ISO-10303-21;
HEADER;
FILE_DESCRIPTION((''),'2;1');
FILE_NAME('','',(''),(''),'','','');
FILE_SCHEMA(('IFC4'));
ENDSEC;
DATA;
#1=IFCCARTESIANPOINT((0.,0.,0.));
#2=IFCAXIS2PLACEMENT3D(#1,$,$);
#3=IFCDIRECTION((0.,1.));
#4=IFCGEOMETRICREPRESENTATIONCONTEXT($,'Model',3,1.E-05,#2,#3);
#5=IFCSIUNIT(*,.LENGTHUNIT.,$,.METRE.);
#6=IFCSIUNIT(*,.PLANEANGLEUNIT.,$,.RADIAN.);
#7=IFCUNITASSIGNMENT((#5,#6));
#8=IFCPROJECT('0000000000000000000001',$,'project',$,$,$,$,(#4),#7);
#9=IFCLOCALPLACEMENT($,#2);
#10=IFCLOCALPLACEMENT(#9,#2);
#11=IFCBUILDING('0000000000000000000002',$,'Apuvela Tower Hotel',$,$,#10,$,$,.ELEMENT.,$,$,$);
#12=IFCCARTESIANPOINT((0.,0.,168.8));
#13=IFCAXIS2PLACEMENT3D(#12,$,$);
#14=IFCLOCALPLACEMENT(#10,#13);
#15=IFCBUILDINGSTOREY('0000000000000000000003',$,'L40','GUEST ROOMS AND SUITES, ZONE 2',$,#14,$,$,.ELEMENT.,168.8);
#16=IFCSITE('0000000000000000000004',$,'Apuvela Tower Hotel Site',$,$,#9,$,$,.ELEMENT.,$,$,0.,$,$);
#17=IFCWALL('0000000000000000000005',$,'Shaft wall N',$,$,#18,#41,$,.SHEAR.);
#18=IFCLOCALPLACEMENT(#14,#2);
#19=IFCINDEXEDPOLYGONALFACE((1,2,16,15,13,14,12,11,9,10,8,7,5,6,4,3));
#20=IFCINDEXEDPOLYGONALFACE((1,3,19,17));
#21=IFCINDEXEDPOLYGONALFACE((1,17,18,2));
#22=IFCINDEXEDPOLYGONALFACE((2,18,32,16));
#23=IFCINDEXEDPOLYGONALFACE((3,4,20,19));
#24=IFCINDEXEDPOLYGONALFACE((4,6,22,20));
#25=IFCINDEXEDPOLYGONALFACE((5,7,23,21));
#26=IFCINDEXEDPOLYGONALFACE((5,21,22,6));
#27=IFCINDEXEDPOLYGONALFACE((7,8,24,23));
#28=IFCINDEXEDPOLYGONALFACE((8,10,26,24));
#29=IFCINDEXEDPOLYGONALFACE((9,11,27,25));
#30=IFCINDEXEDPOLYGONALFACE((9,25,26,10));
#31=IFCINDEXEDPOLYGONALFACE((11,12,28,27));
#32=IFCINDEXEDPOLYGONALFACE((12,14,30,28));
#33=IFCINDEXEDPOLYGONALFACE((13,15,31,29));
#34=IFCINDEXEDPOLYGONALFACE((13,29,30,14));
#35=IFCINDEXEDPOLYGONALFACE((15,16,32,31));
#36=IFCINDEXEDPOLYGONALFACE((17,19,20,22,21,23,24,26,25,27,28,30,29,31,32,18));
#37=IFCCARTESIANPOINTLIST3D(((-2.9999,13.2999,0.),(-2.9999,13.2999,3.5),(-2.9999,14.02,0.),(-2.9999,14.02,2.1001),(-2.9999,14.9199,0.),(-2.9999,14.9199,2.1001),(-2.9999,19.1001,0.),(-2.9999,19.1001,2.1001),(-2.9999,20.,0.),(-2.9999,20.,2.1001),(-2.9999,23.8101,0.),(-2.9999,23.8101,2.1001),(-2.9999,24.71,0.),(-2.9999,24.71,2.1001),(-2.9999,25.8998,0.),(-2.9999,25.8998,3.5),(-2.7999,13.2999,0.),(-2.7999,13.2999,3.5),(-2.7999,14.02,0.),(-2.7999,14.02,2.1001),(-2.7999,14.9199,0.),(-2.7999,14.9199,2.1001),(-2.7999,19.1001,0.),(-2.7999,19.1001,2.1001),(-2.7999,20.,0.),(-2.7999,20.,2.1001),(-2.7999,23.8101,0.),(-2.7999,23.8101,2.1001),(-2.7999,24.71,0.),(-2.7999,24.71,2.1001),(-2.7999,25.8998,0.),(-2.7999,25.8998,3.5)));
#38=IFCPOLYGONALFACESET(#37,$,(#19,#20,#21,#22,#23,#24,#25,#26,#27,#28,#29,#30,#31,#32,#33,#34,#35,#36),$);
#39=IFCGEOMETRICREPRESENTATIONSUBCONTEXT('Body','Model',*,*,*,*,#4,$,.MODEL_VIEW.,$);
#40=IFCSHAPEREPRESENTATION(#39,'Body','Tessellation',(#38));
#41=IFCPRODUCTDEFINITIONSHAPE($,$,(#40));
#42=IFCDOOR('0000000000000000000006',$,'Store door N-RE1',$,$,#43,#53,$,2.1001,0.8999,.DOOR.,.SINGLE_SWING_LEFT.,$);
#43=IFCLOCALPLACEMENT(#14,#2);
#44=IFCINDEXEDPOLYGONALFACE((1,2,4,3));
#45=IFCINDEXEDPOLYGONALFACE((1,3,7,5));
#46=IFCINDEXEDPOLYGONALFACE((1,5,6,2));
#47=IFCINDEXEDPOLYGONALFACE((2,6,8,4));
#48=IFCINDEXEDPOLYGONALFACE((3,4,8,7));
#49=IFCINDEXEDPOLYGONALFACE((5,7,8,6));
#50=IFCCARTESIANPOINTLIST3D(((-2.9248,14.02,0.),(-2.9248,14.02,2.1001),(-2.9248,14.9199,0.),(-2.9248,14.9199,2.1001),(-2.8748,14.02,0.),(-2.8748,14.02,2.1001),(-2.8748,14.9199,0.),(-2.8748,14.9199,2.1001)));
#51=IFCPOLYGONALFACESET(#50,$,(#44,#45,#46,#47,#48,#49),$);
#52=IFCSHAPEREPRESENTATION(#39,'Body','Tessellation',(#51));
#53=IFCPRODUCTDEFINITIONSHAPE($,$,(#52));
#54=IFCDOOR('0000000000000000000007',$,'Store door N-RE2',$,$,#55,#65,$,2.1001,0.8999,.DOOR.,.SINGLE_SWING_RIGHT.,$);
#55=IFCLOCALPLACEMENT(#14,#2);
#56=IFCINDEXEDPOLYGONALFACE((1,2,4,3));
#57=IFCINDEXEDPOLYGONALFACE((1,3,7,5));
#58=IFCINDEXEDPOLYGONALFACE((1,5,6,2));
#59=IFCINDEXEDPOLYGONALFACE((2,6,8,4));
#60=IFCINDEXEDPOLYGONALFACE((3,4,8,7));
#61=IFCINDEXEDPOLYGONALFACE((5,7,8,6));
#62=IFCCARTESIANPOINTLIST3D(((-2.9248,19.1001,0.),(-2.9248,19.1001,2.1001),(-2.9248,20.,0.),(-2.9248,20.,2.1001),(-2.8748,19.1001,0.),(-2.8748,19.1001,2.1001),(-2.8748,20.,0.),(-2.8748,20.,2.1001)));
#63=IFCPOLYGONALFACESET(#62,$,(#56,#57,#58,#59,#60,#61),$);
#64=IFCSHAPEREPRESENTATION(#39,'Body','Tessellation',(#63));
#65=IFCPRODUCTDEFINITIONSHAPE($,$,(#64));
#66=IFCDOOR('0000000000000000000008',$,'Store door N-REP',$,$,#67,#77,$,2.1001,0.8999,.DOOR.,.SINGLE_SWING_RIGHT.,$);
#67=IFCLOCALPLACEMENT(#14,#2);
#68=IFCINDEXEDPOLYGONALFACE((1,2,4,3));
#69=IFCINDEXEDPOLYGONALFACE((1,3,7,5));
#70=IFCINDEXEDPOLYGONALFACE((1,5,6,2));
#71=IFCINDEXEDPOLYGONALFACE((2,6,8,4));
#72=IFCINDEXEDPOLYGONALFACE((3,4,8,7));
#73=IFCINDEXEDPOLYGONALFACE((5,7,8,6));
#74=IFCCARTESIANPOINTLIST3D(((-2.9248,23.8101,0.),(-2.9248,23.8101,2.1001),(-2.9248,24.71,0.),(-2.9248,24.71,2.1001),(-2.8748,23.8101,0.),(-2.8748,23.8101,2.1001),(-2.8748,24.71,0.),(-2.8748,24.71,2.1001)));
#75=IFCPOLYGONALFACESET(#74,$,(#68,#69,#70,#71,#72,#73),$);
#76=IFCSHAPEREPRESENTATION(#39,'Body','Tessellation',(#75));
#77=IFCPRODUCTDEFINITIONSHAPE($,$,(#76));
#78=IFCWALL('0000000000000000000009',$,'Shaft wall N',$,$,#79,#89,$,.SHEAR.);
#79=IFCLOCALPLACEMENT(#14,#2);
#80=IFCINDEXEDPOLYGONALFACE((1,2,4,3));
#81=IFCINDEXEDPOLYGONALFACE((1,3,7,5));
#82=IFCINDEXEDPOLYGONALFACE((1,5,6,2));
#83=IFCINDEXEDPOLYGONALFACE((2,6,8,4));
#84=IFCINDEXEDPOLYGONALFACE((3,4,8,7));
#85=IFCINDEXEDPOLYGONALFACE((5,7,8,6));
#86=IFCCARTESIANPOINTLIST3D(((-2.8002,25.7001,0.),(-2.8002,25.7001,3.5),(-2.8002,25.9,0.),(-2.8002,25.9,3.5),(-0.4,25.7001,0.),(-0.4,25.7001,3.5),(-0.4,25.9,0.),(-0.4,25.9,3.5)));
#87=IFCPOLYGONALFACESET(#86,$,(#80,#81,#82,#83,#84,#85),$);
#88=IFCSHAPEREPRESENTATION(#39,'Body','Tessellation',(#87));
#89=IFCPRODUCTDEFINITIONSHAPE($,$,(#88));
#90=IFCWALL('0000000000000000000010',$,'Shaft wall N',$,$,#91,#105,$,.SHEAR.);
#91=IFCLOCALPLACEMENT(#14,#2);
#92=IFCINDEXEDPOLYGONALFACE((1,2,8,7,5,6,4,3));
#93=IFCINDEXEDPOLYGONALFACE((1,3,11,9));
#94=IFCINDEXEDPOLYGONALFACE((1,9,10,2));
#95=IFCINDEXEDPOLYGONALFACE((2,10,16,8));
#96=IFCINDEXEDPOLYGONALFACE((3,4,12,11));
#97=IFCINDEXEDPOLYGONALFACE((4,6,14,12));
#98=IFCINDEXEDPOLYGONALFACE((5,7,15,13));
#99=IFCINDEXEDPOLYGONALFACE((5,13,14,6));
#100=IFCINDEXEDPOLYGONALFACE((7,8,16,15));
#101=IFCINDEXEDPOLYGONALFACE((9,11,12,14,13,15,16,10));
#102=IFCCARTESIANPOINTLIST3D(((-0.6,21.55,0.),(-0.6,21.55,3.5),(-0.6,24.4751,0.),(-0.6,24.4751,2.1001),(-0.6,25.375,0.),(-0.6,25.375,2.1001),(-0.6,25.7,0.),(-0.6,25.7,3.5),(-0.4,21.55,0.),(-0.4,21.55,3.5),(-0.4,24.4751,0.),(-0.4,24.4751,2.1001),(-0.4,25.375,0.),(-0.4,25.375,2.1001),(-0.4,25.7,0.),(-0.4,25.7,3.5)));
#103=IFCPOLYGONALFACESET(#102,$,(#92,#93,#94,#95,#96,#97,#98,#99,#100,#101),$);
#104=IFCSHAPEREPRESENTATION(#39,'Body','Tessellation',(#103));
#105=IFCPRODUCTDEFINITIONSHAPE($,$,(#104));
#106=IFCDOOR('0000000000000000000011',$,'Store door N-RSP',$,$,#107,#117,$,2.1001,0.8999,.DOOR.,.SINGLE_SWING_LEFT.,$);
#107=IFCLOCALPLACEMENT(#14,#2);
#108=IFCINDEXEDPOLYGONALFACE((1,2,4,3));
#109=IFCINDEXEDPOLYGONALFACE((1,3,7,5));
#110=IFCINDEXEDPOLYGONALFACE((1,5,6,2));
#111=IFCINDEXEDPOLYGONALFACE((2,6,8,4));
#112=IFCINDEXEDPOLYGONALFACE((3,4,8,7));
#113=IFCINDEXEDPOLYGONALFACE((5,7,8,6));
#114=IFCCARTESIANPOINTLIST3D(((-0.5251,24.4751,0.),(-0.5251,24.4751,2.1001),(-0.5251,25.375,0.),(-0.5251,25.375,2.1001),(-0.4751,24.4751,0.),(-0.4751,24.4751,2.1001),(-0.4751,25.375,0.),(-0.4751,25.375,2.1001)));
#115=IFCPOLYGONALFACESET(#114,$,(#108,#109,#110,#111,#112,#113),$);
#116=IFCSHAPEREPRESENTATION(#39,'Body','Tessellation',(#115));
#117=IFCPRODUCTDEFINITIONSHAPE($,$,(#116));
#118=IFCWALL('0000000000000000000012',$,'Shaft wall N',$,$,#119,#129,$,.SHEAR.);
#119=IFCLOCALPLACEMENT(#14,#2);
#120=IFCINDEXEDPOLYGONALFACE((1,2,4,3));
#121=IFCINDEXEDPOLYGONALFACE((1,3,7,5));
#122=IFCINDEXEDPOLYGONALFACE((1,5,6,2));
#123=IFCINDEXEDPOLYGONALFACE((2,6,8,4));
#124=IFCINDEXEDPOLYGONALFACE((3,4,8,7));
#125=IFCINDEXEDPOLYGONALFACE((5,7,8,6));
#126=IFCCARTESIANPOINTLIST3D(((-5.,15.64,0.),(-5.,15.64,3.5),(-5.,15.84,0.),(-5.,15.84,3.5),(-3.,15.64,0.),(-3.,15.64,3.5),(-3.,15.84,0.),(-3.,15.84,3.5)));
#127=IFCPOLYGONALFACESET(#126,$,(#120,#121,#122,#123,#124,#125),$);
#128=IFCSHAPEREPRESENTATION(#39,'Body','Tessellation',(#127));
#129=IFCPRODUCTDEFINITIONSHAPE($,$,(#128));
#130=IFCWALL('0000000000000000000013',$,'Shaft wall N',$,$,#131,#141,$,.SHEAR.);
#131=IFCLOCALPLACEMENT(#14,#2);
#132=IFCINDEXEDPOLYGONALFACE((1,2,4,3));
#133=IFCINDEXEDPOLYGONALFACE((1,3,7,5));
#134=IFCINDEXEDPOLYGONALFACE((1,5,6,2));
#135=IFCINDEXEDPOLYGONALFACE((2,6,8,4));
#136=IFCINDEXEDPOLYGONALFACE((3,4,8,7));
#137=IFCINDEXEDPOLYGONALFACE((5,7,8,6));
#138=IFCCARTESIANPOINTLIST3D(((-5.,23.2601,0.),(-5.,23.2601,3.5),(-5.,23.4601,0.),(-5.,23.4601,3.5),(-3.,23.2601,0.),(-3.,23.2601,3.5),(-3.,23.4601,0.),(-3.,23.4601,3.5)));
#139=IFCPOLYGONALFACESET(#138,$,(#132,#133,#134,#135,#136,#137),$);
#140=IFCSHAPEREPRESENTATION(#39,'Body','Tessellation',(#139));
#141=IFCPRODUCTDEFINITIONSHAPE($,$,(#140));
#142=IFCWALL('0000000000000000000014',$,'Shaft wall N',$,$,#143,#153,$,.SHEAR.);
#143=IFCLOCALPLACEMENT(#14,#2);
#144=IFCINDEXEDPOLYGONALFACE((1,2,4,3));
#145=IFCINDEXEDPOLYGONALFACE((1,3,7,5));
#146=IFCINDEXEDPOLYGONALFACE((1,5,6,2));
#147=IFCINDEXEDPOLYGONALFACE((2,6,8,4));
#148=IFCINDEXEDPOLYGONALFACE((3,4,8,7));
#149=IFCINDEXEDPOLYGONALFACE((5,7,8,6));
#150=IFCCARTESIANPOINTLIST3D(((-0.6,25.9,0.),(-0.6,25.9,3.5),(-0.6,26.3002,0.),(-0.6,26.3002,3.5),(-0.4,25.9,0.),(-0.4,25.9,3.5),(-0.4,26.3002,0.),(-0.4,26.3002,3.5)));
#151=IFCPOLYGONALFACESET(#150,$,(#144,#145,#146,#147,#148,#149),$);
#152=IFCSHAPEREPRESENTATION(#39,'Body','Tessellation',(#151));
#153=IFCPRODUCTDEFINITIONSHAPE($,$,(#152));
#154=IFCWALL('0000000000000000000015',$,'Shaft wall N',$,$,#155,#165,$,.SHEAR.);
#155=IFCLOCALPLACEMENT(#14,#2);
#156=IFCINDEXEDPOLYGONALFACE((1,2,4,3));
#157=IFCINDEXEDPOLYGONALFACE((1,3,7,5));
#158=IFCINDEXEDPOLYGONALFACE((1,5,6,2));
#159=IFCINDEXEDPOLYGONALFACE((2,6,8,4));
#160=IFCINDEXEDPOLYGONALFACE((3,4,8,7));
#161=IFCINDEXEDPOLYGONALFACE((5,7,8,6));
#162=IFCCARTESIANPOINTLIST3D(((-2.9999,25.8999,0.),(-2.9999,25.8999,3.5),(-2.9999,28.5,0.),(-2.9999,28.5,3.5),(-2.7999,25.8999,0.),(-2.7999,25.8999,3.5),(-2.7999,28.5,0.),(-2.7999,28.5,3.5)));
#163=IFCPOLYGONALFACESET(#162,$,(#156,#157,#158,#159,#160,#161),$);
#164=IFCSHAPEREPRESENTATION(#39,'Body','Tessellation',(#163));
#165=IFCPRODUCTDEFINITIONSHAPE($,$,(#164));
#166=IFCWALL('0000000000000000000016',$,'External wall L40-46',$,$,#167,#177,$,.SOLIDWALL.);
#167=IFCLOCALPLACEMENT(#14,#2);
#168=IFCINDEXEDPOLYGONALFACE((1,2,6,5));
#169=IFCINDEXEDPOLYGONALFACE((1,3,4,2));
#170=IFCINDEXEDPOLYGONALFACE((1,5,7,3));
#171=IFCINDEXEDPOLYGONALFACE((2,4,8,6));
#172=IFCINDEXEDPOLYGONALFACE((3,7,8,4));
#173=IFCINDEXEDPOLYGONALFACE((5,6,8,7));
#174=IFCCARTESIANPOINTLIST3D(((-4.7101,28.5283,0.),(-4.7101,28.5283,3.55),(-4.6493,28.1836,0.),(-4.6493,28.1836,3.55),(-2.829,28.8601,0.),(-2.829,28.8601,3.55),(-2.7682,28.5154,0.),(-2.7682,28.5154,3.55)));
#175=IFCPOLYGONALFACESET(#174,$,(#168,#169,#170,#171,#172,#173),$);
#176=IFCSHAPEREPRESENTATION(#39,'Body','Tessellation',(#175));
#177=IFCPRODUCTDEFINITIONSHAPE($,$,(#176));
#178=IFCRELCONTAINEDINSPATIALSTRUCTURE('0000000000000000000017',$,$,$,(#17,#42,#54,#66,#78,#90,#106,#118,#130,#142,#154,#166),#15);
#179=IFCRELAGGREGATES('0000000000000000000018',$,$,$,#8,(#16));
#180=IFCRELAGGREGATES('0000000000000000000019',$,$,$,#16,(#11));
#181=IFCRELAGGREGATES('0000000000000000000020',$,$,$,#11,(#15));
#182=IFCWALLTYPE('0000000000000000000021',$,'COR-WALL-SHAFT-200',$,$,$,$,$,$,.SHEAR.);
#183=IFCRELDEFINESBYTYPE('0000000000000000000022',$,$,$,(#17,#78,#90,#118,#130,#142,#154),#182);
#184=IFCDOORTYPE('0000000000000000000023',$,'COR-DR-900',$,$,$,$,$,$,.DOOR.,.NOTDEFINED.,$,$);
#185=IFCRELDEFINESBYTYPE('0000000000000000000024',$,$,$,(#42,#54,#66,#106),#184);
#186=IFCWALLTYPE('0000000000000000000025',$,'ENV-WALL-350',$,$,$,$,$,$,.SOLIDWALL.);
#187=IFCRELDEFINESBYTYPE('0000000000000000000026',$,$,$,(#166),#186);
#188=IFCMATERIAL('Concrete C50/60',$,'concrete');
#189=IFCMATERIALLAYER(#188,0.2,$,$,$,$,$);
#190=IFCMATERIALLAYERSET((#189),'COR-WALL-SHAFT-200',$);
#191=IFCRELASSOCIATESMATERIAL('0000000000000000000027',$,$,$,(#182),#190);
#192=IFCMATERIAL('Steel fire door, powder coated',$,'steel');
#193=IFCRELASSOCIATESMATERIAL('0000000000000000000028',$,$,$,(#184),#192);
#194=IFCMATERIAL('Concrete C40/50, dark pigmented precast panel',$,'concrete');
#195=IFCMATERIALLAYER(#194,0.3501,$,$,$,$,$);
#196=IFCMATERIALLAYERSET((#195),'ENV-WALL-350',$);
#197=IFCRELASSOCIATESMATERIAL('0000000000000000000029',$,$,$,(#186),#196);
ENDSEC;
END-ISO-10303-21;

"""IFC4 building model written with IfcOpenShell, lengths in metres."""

from ifc_helpers import new_model, si_unit, direction, frame, frame_2d, origin, place, context, subcontext, project, spatial, rectangle, extrude, material, layer, layer_set, type_object, element, fill, save


model = new_model("IFC4")

# Units and contexts
model_context = context("Model", 3, precision=1e-05, world=origin(), true_north=direction((0.0, 1.0)))
body_context = subcontext(model_context, "Body", "Model", "MODEL_VIEW")
ifc_project = project(units=[si_unit("LENGTHUNIT", "METRE"), si_unit("PLANEANGLEUNIT", "RADIAN")], contexts=[model_context])

# Site, building, storey
site_placement = place(None, origin())
site = spatial("IfcSite", under=ifc_project, at=site_placement, Name="Apuvela Tower Hotel Site", CompositionType="ELEMENT", RefElevation=0.0)
building_placement = place(site_placement, origin())
building = spatial("IfcBuilding", under=site, at=building_placement, Name="Apuvela Tower Hotel", CompositionType="ELEMENT")
storey_placement = place(building_placement, frame((0.0, 0.0, 168.8)))
storey = spatial("IfcBuildingStorey", under=building, at=storey_placement, Name="L40", Description="GUEST ROOMS AND SUITES, ZONE 2", CompositionType="ELEMENT", Elevation=168.8)

# Shared definitions
ifc_material_1 = material(Name="Concrete C50/60", Category="concrete")
ifc_layer_1 = layer(ifc_material_1, 0.2)
ifc_layer_set_1 = layer_set([ifc_layer_1], Name="COR-WALL-SHAFT-200")
wall_type_1 = type_object("IfcWallType", Name="COR-WALL-SHAFT-200", PredefinedType="SHEAR", material=ifc_layer_set_1)

# Wall, openings, doors
wall_1_placement = place(storey_placement, frame((-2.8999, 13.3, 0.0), z_axis=(0.0, 0.0, 1.0), x_axis=(0.0, 1.0, 0.0)))
wall_1 = element("IfcWall", 1, at=wall_1_placement, inside=storey, type_object=wall_type_1, Name="Shaft wall N", PredefinedType="SHEAR", context=body_context, shape_type="SweptSolid", body=[
    extrude(rectangle(XDim=12.5999, YDim=0.2, at=frame_2d((6.2998, 0.0))), origin(), (0.0, 0.0, 1.0), 3.5),
])
opening_1_placement = place(wall_1_placement, frame((0.72, 0.0, 0.0)))
opening_1 = element("IfcOpeningElement", 2, at=opening_1_placement, cuts=wall_1, PredefinedType="OPENING", context=body_context, shape_type="SweptSolid", body=[
    extrude(rectangle(XDim=0.8999, YDim=2.1001, at=frame_2d((0.45, 1.05))), frame((0.0, 0.1099, 0.0), z_axis=(0.0, -1.0, 0.0), x_axis=(1.0, 0.0, 0.0)), (0.0, 0.0, 1.0), 0.22),
])
opening_2_placement = place(wall_1_placement, frame((5.8, 0.0, 0.0)))
opening_2 = element("IfcOpeningElement", 3, at=opening_2_placement, cuts=wall_1, PredefinedType="OPENING", context=body_context, shape_type="SweptSolid", body=[
    extrude(rectangle(XDim=0.8999, YDim=2.1001, at=frame_2d((0.45, 1.05))), frame((0.0, 0.1099, 0.0), z_axis=(0.0, -1.0, 0.0), x_axis=(1.0, 0.0, 0.0)), (0.0, 0.0, 1.0), 0.22),
])
opening_3_placement = place(wall_1_placement, frame((10.51, 0.0, 0.0)))
opening_3 = element("IfcOpeningElement", 4, at=opening_3_placement, cuts=wall_1, PredefinedType="OPENING", context=body_context, shape_type="SweptSolid", body=[
    extrude(rectangle(XDim=0.8999, YDim=2.1001, at=frame_2d((0.45, 1.05))), frame((0.0, 0.1099, 0.0), z_axis=(0.0, -1.0, 0.0), x_axis=(1.0, 0.0, 0.0)), (0.0, 0.0, 1.0), 0.22),
])
ifc_material_2 = material(Name="Steel fire door, powder coated", Category="steel")
door_type_1 = type_object("IfcDoorType", Name="COR-DR-900", OperationType="NOTDEFINED", PredefinedType="DOOR", material=ifc_material_2)
door_1_placement = place(opening_1_placement, origin())
door_1 = element("IfcDoor", 5, at=door_1_placement, inside=storey, type_object=door_type_1, Name="Store door N-RE1", OperationType="SINGLE_SWING_LEFT", OverallHeight=2.1001, OverallWidth=0.8999, PredefinedType="DOOR", context=body_context, shape_type="SweptSolid", body=[
    extrude(rectangle(XDim=0.8999, YDim=2.1001, at=frame_2d((0.45, 1.05))), frame((0.0, 0.0249, 0.0), z_axis=(0.0, -1.0, 0.0), x_axis=(1.0, 0.0, 0.0)), (0.0, 0.0, 1.0), 0.05),
])
fill(opening_1, door_1)
door_2_placement = place(opening_2_placement, origin())
door_2 = element("IfcDoor", 6, at=door_2_placement, inside=storey, type_object=door_type_1, Name="Store door N-RE2", OperationType="SINGLE_SWING_RIGHT", OverallHeight=2.1001, OverallWidth=0.8999, PredefinedType="DOOR", context=body_context, shape_type="SweptSolid", body=[
    extrude(rectangle(XDim=0.8999, YDim=2.1001, at=frame_2d((0.45, 1.05))), frame((0.0, 0.0249, 0.0), z_axis=(0.0, -1.0, 0.0), x_axis=(1.0, 0.0, 0.0)), (0.0, 0.0, 1.0), 0.05),
])
fill(opening_2, door_2)
door_3_placement = place(opening_3_placement, origin())
door_3 = element("IfcDoor", 7, at=door_3_placement, inside=storey, type_object=door_type_1, Name="Store door N-REP", OperationType="SINGLE_SWING_RIGHT", OverallHeight=2.1001, OverallWidth=0.8999, PredefinedType="DOOR", context=body_context, shape_type="SweptSolid", body=[
    extrude(rectangle(XDim=0.8999, YDim=2.1001, at=frame_2d((0.45, 1.05))), frame((0.0, 0.0249, 0.0), z_axis=(0.0, -1.0, 0.0), x_axis=(1.0, 0.0, 0.0)), (0.0, 0.0, 1.0), 0.05),
])
fill(opening_3, door_3)

# Wall
wall_2_placement = place(storey_placement, frame((-0.3999, 25.8, 0.0), z_axis=(0.0, 0.0, 1.0), x_axis=(-1.0, 0.0, 0.0)))
element("IfcWall", 8, at=wall_2_placement, inside=storey, type_object=wall_type_1, Name="Shaft wall N", PredefinedType="SHEAR", context=body_context, shape_type="SweptSolid", body=[
    extrude(rectangle(XDim=2.4001, YDim=0.2, at=frame_2d((1.2002, 0.0))), origin(), (0.0, 0.0, 1.0), 3.5),
])

# Wall, opening, door
wall_3_placement = place(storey_placement, frame((-0.5, 21.55, 0.0), z_axis=(0.0, 0.0, 1.0), x_axis=(0.0, 1.0, 0.0)))
wall_3 = element("IfcWall", 9, at=wall_3_placement, inside=storey, type_object=wall_type_1, Name="Shaft wall N", PredefinedType="SHEAR", context=body_context, shape_type="SweptSolid", body=[
    extrude(rectangle(XDim=4.1499, YDim=0.2, at=frame_2d((2.075, 0.0))), origin(), (0.0, 0.0, 1.0), 3.5),
])
opening_4_placement = place(wall_3_placement, frame((2.925, 0.0, 0.0)))
opening_4 = element("IfcOpeningElement", 10, at=opening_4_placement, cuts=wall_3, PredefinedType="OPENING", context=body_context, shape_type="SweptSolid", body=[
    extrude(rectangle(XDim=0.8999, YDim=2.1001, at=frame_2d((0.45, 1.05))), frame((0.0, 0.1099, 0.0), z_axis=(0.0, -1.0, 0.0), x_axis=(1.0, 0.0, 0.0)), (0.0, 0.0, 1.0), 0.22),
])
door_4_placement = place(opening_4_placement, frame((0.8999, 0.0, 0.0), z_axis=(0.0, 0.0, 1.0), x_axis=(-1.0, 0.0, 0.0)))
door_4 = element("IfcDoor", 11, at=door_4_placement, inside=storey, type_object=door_type_1, Name="Store door N-RSP", OperationType="SINGLE_SWING_LEFT", OverallHeight=2.1001, OverallWidth=0.8999, PredefinedType="DOOR", context=body_context, shape_type="SweptSolid", body=[
    extrude(rectangle(XDim=0.8999, YDim=2.1001, at=frame_2d((0.45, 1.05))), frame((0.0, 0.0249, 0.0), z_axis=(0.0, -1.0, 0.0), x_axis=(1.0, 0.0, 0.0)), (0.0, 0.0, 1.0), 0.05),
])
fill(opening_4, door_4)

# Walls
for number, where, z_axis, x_axis, name in (
    (12, (-3.0, 15.74, 0.0), (0.0, 0.0, 1.0), (-1.0, 0.0, 0.0), "Shaft wall N"),
    (13, (-3.0, 23.3601, 0.0), (0.0, 0.0, 1.0), (-1.0, 0.0, 0.0), "Shaft wall N"),
):
    element("IfcWall", number, at=place(storey_placement, frame(where, z_axis=z_axis, x_axis=x_axis)), inside=storey, type_object=wall_type_1, Name=name, PredefinedType="SHEAR", context=body_context, shape_type="SweptSolid", body=[
        extrude(rectangle(XDim=2.0, YDim=0.2, at=frame_2d((1.0, 0.0))), origin(), (0.0, 0.0, 1.0), 3.5),
    ])
wall_4_placement = place(storey_placement, frame((-0.5, 25.8999, 0.0), z_axis=(0.0, 0.0, 1.0), x_axis=(0.0, 1.0, 0.0)))
element("IfcWall", 14, at=wall_4_placement, inside=storey, type_object=wall_type_1, Name="Shaft wall N", PredefinedType="SHEAR", context=body_context, shape_type="SweptSolid", body=[
    extrude(rectangle(XDim=0.4001, YDim=0.2, at=frame_2d((0.2002, 0.0))), origin(), (0.0, 0.0, 1.0), 3.5),
])
wall_5_placement = place(storey_placement, frame((-2.8999, 25.8999, 0.0), z_axis=(0.0, 0.0, 1.0), x_axis=(0.0, 1.0, 0.0)))
element("IfcWall", 15, at=wall_5_placement, inside=storey, type_object=wall_type_1, Name="Shaft wall N", PredefinedType="SHEAR", context=body_context, shape_type="SweptSolid", body=[
    extrude(rectangle(XDim=2.6001, YDim=0.2, at=frame_2d((1.3, 0.0))), origin(), (0.0, 0.0, 1.0), 3.5),
])

# Shared definitions
ifc_material_3 = material(Name="Concrete C40/50, dark pigmented precast panel", Category="concrete")
ifc_layer_2 = layer(ifc_material_3, 0.3501)
ifc_layer_set_2 = layer_set([ifc_layer_2], Name="ENV-WALL-350")
wall_type_2 = type_object("IfcWallType", Name="ENV-WALL-350", PredefinedType="SOLIDWALL", material=ifc_layer_set_2)

# Wall
for number, where, z_axis, x_axis, name in (
    (16, (-2.7986, 28.6877, 0.0), (0.0, 0.0, 1.0), (-0.984799, -0.173698, 0.0), "External wall L40-46"),
):
    element("IfcWall", number, at=place(storey_placement, frame(where, z_axis=z_axis, x_axis=x_axis)), inside=storey, type_object=wall_type_2, Name=name, PredefinedType="SOLIDWALL", context=body_context, shape_type="SweptSolid", body=[
        extrude(rectangle(XDim=1.9102, YDim=0.3501, at=frame_2d((0.9551, 0.0))), origin(), (0.0, 0.0, 1.0), 3.55),
    ])

save(model, "model.ifc")
